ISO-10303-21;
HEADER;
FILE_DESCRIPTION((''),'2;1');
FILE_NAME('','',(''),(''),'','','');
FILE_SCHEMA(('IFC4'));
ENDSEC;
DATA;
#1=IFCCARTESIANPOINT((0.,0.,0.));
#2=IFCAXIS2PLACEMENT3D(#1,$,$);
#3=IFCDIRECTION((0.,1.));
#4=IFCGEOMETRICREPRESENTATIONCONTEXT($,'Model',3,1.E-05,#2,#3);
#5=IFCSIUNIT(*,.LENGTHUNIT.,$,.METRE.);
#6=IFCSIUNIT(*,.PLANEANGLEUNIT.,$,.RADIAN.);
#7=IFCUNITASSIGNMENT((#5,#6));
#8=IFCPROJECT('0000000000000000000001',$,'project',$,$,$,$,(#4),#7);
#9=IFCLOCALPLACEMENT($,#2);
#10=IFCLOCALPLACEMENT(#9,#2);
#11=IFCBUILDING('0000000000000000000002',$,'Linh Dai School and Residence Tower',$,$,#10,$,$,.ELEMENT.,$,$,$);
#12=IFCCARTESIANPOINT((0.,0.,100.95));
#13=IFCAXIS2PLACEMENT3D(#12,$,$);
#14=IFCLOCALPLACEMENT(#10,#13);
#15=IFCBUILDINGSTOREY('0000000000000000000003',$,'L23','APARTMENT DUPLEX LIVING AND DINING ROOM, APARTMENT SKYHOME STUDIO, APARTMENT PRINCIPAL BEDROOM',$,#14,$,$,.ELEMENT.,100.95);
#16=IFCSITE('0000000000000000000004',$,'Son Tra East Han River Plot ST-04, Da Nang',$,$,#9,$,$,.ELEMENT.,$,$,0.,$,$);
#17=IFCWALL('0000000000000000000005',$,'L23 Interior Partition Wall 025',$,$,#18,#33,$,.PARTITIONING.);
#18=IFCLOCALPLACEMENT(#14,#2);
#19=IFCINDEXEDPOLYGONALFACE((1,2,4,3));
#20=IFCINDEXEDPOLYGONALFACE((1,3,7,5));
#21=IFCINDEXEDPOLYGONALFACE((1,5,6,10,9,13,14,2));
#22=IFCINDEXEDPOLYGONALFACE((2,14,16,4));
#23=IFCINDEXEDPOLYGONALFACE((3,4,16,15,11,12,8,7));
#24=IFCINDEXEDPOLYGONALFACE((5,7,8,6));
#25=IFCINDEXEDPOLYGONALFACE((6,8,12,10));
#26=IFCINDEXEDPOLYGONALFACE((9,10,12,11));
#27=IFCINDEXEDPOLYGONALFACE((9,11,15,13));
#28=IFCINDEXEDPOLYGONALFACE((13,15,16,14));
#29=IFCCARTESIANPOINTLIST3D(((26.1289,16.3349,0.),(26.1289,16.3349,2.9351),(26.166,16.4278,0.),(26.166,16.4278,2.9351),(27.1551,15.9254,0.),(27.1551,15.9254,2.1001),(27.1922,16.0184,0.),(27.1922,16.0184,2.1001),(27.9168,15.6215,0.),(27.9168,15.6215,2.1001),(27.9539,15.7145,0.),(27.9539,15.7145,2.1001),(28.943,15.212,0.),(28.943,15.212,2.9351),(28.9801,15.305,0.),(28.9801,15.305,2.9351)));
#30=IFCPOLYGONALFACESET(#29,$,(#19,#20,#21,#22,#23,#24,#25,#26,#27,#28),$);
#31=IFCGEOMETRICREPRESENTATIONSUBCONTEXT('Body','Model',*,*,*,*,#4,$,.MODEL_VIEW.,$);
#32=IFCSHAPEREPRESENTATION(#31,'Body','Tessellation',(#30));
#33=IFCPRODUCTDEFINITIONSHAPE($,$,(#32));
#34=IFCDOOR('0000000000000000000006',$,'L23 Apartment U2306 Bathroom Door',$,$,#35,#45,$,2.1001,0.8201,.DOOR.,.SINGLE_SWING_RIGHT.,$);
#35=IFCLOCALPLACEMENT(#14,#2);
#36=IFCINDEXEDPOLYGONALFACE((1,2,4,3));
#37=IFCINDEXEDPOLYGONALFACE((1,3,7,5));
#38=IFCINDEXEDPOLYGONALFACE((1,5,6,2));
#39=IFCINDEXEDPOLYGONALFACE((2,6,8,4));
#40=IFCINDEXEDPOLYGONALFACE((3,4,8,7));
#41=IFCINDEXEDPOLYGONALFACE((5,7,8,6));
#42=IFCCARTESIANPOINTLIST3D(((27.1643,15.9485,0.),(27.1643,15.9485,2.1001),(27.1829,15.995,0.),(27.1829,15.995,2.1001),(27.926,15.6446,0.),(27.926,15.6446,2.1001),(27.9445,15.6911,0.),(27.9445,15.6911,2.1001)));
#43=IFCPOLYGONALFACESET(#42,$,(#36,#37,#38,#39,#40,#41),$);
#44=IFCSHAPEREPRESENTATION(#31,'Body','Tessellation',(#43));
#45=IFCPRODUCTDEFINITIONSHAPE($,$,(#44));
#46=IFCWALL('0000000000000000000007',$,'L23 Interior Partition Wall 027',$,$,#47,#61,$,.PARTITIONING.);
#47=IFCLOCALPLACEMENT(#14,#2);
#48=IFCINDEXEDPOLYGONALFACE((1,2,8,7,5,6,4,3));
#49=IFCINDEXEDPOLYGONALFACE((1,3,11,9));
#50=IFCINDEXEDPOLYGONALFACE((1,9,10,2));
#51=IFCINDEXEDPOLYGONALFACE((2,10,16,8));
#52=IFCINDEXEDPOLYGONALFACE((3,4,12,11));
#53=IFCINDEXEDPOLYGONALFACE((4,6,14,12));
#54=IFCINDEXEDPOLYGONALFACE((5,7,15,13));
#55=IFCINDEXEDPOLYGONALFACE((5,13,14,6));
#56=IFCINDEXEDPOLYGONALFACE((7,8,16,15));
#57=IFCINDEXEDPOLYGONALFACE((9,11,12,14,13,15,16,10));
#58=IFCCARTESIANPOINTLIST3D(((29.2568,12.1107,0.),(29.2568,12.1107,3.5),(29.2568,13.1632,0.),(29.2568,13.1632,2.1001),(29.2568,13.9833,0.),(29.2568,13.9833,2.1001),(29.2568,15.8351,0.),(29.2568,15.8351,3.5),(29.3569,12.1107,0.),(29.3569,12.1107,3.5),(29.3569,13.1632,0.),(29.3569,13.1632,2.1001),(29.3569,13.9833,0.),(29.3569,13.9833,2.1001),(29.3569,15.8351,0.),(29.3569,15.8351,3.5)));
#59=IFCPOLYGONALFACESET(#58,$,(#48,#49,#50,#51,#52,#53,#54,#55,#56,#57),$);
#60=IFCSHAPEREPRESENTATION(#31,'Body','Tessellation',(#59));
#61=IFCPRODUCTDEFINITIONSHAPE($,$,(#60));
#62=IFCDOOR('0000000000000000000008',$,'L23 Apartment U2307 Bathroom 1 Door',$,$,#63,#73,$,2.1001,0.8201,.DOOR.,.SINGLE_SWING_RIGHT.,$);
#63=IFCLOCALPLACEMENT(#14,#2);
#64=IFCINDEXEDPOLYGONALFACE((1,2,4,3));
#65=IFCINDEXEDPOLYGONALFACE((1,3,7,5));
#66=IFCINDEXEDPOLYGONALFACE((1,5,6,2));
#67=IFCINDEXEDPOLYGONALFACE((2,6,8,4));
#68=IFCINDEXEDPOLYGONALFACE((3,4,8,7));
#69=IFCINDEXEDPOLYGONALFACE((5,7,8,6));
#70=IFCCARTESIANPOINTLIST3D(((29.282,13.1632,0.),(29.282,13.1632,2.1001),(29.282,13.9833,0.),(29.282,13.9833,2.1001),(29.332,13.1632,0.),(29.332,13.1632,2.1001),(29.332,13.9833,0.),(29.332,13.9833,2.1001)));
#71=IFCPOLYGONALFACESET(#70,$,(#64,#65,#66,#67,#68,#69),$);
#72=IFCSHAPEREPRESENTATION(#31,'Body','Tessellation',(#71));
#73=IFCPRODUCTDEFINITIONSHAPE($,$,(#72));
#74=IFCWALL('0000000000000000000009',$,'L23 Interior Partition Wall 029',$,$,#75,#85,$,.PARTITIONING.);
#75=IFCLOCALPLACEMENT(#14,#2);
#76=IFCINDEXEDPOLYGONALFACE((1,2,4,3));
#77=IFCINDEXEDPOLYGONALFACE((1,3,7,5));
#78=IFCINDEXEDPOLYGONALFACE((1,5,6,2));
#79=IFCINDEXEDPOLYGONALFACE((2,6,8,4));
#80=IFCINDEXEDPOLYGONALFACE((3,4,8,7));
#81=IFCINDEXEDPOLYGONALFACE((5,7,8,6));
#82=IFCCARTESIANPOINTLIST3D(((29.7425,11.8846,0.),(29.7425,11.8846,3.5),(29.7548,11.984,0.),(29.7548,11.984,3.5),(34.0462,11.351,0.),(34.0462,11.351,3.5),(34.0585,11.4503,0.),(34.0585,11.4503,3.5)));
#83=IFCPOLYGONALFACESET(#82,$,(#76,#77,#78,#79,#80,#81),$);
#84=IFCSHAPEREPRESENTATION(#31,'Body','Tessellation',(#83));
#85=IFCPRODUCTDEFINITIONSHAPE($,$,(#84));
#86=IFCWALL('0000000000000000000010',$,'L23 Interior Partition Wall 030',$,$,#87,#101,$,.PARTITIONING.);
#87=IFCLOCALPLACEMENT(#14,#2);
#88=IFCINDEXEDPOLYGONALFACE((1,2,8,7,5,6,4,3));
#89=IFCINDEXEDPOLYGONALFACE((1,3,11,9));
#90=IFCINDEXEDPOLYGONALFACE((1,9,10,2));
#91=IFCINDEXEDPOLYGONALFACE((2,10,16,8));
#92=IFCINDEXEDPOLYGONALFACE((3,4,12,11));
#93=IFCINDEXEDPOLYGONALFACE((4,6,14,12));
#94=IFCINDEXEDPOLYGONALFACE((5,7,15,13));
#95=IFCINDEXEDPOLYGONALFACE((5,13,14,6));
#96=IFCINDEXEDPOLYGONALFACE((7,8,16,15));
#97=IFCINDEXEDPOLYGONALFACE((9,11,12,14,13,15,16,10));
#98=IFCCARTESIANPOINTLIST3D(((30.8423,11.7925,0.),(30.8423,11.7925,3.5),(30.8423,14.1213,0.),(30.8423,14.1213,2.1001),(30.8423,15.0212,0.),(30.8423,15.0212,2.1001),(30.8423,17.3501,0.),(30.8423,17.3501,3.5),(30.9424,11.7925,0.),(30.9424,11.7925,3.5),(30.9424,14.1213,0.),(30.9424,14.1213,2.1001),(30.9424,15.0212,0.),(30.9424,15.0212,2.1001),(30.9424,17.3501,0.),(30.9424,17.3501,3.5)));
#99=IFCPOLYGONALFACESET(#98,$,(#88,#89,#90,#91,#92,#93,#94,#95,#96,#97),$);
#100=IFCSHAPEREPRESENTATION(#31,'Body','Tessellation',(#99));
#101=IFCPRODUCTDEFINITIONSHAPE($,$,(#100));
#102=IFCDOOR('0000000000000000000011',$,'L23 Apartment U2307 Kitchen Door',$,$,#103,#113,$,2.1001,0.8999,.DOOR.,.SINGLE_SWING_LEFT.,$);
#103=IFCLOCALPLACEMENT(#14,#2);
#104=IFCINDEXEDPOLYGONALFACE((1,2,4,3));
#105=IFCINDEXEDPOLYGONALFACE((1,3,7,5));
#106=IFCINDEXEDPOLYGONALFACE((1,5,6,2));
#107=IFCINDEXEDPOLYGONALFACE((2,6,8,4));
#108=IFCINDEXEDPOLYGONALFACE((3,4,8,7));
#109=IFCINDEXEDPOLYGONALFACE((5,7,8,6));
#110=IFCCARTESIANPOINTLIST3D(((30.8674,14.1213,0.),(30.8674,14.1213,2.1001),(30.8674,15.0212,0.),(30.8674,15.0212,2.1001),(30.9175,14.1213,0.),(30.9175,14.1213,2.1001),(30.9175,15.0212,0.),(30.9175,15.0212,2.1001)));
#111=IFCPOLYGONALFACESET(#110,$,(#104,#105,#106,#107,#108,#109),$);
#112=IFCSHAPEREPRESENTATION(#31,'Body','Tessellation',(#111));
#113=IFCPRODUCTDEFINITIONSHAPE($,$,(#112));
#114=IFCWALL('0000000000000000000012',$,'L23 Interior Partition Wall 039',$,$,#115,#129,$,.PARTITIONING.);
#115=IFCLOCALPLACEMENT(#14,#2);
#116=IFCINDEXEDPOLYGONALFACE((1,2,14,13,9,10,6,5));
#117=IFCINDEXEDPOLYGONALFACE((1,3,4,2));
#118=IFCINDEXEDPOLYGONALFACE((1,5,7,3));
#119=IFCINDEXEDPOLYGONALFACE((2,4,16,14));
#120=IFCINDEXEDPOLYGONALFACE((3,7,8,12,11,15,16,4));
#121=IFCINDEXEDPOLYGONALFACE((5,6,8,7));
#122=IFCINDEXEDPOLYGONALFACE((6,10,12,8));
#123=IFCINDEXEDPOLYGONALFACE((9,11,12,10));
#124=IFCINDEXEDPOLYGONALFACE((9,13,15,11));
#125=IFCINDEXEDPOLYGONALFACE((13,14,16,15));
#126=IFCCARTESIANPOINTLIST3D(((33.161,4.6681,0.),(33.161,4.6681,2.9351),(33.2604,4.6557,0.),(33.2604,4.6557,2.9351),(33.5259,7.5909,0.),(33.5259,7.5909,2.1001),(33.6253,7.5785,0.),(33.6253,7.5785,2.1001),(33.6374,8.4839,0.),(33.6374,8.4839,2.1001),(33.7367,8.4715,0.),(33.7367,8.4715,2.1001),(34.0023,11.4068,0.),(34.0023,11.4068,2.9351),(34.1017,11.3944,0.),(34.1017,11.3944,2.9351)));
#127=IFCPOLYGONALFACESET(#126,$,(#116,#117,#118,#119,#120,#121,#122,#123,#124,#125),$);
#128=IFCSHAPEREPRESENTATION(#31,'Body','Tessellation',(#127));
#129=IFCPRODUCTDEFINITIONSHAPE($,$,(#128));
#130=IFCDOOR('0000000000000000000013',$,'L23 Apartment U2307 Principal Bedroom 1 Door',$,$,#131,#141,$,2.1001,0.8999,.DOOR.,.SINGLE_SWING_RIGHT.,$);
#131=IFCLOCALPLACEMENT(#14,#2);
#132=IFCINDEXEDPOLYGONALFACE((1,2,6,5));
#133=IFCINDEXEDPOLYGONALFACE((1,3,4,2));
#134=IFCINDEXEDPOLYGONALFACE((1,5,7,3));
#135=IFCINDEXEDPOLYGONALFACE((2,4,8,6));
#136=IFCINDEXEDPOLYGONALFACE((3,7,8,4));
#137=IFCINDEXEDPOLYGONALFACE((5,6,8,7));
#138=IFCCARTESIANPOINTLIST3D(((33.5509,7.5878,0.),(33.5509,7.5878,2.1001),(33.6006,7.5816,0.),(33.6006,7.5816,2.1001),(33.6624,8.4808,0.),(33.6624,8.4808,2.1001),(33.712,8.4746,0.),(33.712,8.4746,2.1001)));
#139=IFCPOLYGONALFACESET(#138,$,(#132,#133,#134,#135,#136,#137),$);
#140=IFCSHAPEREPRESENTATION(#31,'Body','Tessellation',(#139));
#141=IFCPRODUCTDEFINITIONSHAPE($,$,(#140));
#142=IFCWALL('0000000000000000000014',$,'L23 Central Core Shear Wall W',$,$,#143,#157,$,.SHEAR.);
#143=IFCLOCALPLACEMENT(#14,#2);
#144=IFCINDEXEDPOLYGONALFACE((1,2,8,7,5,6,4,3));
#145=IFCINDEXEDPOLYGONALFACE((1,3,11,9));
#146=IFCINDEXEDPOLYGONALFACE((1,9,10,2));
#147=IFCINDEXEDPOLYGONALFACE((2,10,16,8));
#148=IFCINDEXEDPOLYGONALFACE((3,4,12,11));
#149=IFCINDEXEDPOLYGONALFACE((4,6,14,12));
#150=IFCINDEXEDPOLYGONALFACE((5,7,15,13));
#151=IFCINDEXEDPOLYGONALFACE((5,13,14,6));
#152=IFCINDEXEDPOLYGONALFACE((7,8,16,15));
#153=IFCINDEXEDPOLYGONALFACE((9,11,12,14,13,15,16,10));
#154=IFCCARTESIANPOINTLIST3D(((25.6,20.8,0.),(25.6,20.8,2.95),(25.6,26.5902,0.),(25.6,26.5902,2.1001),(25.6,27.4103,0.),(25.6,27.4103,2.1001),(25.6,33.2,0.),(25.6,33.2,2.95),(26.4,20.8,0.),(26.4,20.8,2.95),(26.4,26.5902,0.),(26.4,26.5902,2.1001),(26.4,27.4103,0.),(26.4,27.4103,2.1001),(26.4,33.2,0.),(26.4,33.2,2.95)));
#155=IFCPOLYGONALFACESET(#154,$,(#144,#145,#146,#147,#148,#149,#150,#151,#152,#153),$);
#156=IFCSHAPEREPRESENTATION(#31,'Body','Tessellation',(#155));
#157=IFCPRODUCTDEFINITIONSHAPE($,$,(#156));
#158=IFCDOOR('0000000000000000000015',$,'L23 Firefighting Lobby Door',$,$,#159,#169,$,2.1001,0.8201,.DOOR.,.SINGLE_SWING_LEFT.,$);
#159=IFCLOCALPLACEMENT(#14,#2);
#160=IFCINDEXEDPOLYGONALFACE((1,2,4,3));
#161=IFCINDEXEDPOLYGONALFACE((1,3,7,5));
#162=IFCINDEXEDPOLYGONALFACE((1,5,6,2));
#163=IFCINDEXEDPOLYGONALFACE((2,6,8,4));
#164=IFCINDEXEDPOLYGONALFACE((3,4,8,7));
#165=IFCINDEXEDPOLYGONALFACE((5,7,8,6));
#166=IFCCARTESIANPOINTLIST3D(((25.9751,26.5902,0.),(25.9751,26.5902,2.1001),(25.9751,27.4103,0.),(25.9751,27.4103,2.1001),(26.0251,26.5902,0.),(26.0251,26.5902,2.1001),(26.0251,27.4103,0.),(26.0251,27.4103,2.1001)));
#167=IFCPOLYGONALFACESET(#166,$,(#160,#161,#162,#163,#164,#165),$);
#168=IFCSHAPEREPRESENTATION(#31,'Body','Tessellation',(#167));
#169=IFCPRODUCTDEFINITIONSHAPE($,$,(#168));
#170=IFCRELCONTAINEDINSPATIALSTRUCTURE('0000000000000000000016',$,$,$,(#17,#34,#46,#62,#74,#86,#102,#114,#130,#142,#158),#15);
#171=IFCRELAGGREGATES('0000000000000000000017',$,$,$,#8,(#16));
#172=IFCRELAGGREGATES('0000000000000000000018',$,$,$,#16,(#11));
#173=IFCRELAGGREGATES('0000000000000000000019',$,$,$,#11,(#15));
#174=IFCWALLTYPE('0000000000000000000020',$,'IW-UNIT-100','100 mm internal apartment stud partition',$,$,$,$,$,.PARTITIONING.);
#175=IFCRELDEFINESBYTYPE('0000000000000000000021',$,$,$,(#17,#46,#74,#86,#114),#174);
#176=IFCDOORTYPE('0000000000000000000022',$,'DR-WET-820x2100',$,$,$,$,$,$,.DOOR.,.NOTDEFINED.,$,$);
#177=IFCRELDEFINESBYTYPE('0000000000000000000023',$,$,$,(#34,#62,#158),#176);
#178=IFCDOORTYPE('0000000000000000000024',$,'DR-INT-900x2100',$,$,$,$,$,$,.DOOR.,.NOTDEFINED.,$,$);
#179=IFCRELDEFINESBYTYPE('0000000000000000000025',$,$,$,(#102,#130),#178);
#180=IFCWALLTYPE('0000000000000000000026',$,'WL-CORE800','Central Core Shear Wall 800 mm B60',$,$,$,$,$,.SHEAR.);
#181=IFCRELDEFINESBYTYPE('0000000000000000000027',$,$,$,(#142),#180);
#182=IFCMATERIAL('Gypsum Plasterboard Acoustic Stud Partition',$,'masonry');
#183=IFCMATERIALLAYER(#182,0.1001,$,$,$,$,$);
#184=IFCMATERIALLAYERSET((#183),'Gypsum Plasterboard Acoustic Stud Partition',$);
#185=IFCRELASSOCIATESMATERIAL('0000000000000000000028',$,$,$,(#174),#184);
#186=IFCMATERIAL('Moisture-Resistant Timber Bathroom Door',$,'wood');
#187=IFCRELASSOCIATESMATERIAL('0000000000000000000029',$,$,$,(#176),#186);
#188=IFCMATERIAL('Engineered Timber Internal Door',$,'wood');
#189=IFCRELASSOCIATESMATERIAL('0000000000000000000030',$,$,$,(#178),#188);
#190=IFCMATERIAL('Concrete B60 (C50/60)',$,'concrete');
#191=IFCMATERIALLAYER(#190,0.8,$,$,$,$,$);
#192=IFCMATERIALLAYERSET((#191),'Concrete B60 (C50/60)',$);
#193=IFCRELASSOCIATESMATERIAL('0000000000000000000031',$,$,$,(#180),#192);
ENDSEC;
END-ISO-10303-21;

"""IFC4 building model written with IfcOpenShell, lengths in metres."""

from ifc_helpers import new_model, si_unit, direction, frame, frame_2d, origin, origin_2d, place, context, subcontext, project, spatial, rectangle, extrude, source, transform, mapped, material, layer, layer_set, type_object, element, fill, save


model = new_model("IFC4")

# Units and contexts
model_context = context("Model", 3, precision=1e-05, world=origin(), true_north=direction((0.0, 1.0)))
body_context = subcontext(model_context, "Body", "Model", "MODEL_VIEW")
ifc_project = project(units=[si_unit("LENGTHUNIT", "METRE"), si_unit("PLANEANGLEUNIT", "RADIAN")], contexts=[model_context])

# Site, building, storey
site_placement = place(None, origin())
site = spatial("IfcSite", under=ifc_project, at=site_placement, Name="Son Tra East Han River Plot ST-04, Da Nang", CompositionType="ELEMENT", RefElevation=0.0)
building_placement = place(site_placement, origin())
building = spatial("IfcBuilding", under=site, at=building_placement, Name="Linh Dai School and Residence Tower", CompositionType="ELEMENT")
storey_placement = place(building_placement, frame((0.0, 0.0, 100.95)))
storey = spatial("IfcBuildingStorey", under=building, at=storey_placement, Name="L23", Description="APARTMENT DUPLEX LIVING AND DINING ROOM, APARTMENT SKYHOME STUDIO, APARTMENT PRINCIPAL BEDROOM", CompositionType="ELEMENT", Elevation=100.95)

# Shared definitions
ifc_material_1 = material(Name="Concrete B60 (C50/60)", Category="concrete")

# Walls, openings, doors
ifc_material_2 = material(Name="Gypsum Plasterboard Acoustic Stud Partition", Category="masonry")
ifc_layer_1 = layer(ifc_material_2, 0.1001)
ifc_layer_set_1 = layer_set([ifc_layer_1], Name="Gypsum Plasterboard Acoustic Stud Partition")
wall_type_1 = type_object("IfcWallType", Name="IW-UNIT-100", Description="100 mm internal apartment stud partition", PredefinedType="PARTITIONING", material=ifc_layer_set_1)
wall_1_placement = place(storey_placement, frame((26.1475, 16.3813, 0.0), z_axis=(0.0, 0.0, 1.0), x_axis=(0.928793, -0.370599, 0.0)))
wall_1 = element("IfcWall", 1, at=wall_1_placement, inside=storey, type_object=wall_type_1, Name="L23 Interior Partition Wall 025", PredefinedType="PARTITIONING", context=body_context, shape_type="SweptSolid", body=[
    extrude(rectangle(XDim=3.0298, YDim=0.1001, at=frame_2d((1.5149, 0.0))), origin(), (0.0, 0.0, 1.0), 2.9351),
])
opening_1_placement = place(wall_1_placement, frame((1.1047, 0.0, 0.0)))
opening_1 = element("IfcOpeningElement", 2, at=opening_1_placement, cuts=wall_1, PredefinedType="OPENING", context=body_context, shape_type="SweptSolid", body=[
    extrude(rectangle(XDim=0.8201, YDim=2.1001, at=origin_2d()), frame((0.4102, 0.0601, 1.05), z_axis=(0.0, -1.0, 0.0), x_axis=(1.0, 0.0, 0.0)), (0.0, 0.0, 1.0), 0.1201),
])
ifc_material_3 = material(Name="Moisture-Resistant Timber Bathroom Door", Category="wood")
door_type_1 = type_object("IfcDoorType", Name="DR-WET-820x2100", OperationType="NOTDEFINED", PredefinedType="DOOR", material=ifc_material_3)
shared_shape_1 = source(origin(), body_context, "Body", "SweptSolid", [
    extrude(rectangle(XDim=0.8201, YDim=2.1001, at=origin_2d()), frame((0.4102, 0.0249, 1.05), z_axis=(0.0, -1.0, 0.0), x_axis=(1.0, 0.0, 0.0)), (0.0, 0.0, 1.0), 0.05),
])
door_1_placement = place(opening_1_placement, origin())
door_1 = element("IfcDoor", 3, at=door_1_placement, inside=storey, type_object=door_type_1, Name="L23 Apartment U2306 Bathroom Door", OperationType="SINGLE_SWING_RIGHT", OverallHeight=2.1001, OverallWidth=0.8201, PredefinedType="DOOR", context=body_context, shape_type="MappedRepresentation", body=[
    mapped(shared_shape_1, transform((0.0, 0.0, 0.0), x_axis=(1.0, 0.0, 0.0), y_axis=(0.0, 1.0, 0.0), z_axis=(0.0, 0.0, 1.0), scale=1.0)),
])
fill(opening_1, door_1)
wall_2_placement = place(storey_placement, frame((29.3069, 12.1106, 0.0), z_axis=(0.0, 0.0, 1.0), x_axis=(0.0, 1.0, 0.0)))
wall_2 = element("IfcWall", 4, at=wall_2_placement, inside=storey, type_object=wall_type_1, Name="L23 Interior Partition Wall 027", PredefinedType="PARTITIONING", context=body_context, shape_type="SweptSolid", body=[
    extrude(rectangle(XDim=3.7244, YDim=0.1001, at=frame_2d((1.8623, 0.0))), origin(), (0.0, 0.0, 1.0), 3.5),
])
opening_2_placement = place(wall_2_placement, frame((1.0525, 0.0, 0.0)))
opening_2 = element("IfcOpeningElement", 5, at=opening_2_placement, cuts=wall_2, PredefinedType="OPENING", context=body_context, shape_type="SweptSolid", body=[
    extrude(rectangle(XDim=0.8201, YDim=2.1001, at=origin_2d()), frame((0.4102, 0.0601, 1.05), z_axis=(0.0, -1.0, 0.0), x_axis=(1.0, 0.0, 0.0)), (0.0, 0.0, 1.0), 0.1201),
])
door_2_placement = place(opening_2_placement, origin())
door_2 = element("IfcDoor", 6, at=door_2_placement, inside=storey, type_object=door_type_1, Name="L23 Apartment U2307 Bathroom 1 Door", OperationType="SINGLE_SWING_RIGHT", OverallHeight=2.1001, OverallWidth=0.8201, PredefinedType="DOOR", context=body_context, shape_type="MappedRepresentation", body=[
    mapped(shared_shape_1, transform((0.0, 0.0, 0.0), x_axis=(1.0, 0.0, 0.0), y_axis=(0.0, 1.0, 0.0), z_axis=(0.0, 0.0, 1.0), scale=1.0)),
])
fill(opening_2, door_2)

# Wall
wall_3_placement = place(storey_placement, frame((29.7485, 11.9343, 0.0), z_axis=(0.0, 0.0, 1.0), x_axis=(0.992399, -0.123065, 0.0)))
element("IfcWall", 7, at=wall_3_placement, inside=storey, type_object=wall_type_1, Name="L23 Interior Partition Wall 029", PredefinedType="PARTITIONING", context=body_context, shape_type="SweptSolid", body=[
    extrude(rectangle(XDim=4.3367, YDim=0.1001, at=frame_2d((2.1685, 0.0))), origin(), (0.0, 0.0, 1.0), 3.5),
])

# Walls, openings, doors
wall_4_placement = place(storey_placement, frame((30.8923, 11.7925, 0.0), z_axis=(0.0, 0.0, 1.0), x_axis=(0.0, 1.0, 0.0)))
wall_4 = element("IfcWall", 8, at=wall_4_placement, inside=storey, type_object=wall_type_1, Name="L23 Interior Partition Wall 030", PredefinedType="PARTITIONING", context=body_context, shape_type="SweptSolid", body=[
    extrude(rectangle(XDim=5.5576, YDim=0.1001, at=frame_2d((2.7788, 0.0))), origin(), (0.0, 0.0, 1.0), 3.5),
])
opening_3_placement = place(wall_4_placement, frame((2.3289, 0.0, 0.0)))
opening_3 = element("IfcOpeningElement", 9, at=opening_3_placement, cuts=wall_4, PredefinedType="OPENING", context=body_context, shape_type="SweptSolid", body=[
    extrude(rectangle(XDim=0.8999, YDim=2.1001, at=origin_2d()), frame((0.45, 0.0601, 1.05), z_axis=(0.0, -1.0, 0.0), x_axis=(1.0, 0.0, 0.0)), (0.0, 0.0, 1.0), 0.1201),
])
ifc_material_4 = material(Name="Engineered Timber Internal Door", Category="wood")
door_type_2 = type_object("IfcDoorType", Name="DR-INT-900x2100", OperationType="NOTDEFINED", PredefinedType="DOOR", material=ifc_material_4)
shared_shape_2 = source(origin(), body_context, "Body", "SweptSolid", [
    extrude(rectangle(XDim=0.8999, YDim=2.1001, at=origin_2d()), frame((0.45, 0.0249, 1.05), z_axis=(0.0, -1.0, 0.0), x_axis=(1.0, 0.0, 0.0)), (0.0, 0.0, 1.0), 0.05),
])
door_3_placement = place(opening_3_placement, origin())
door_3 = element("IfcDoor", 10, at=door_3_placement, inside=storey, type_object=door_type_2, Name="L23 Apartment U2307 Kitchen Door", OperationType="SINGLE_SWING_LEFT", OverallHeight=2.1001, OverallWidth=0.8999, PredefinedType="DOOR", context=body_context, shape_type="MappedRepresentation", body=[
    mapped(shared_shape_2, transform((0.0, 0.0, 0.0), x_axis=(1.0, 0.0, 0.0), y_axis=(0.0, 1.0, 0.0), z_axis=(0.0, 0.0, 1.0), scale=1.0)),
])
fill(opening_3, door_3)
wall_5_placement = place(storey_placement, frame((33.2107, 4.6619, 0.0), z_axis=(0.0, 0.0, 1.0), x_axis=(0.123884, 0.992297, 0.0)))
wall_5 = element("IfcWall", 11, at=wall_5_placement, inside=storey, type_object=wall_type_1, Name="L23 Interior Partition Wall 039", PredefinedType="PARTITIONING", context=body_context, shape_type="SweptSolid", body=[
    extrude(rectangle(XDim=6.791, YDim=0.1001, at=frame_2d((3.3955, 0.0))), origin(), (0.0, 0.0, 1.0), 2.9351),
])
opening_4_placement = place(wall_5_placement, frame((2.9456, 0.0, 0.0)))
opening_4 = element("IfcOpeningElement", 12, at=opening_4_placement, cuts=wall_5, PredefinedType="OPENING", context=body_context, shape_type="SweptSolid", body=[
    extrude(rectangle(XDim=0.8999, YDim=2.1001, at=origin_2d()), frame((0.45, 0.0601, 1.05), z_axis=(0.0, -1.0, 0.0), x_axis=(1.0, 0.0, 0.0)), (0.0, 0.0, 1.0), 0.1201),
])
door_4_placement = place(opening_4_placement, origin())
door_4 = element("IfcDoor", 13, at=door_4_placement, inside=storey, type_object=door_type_2, Name="L23 Apartment U2307 Principal Bedroom 1 Door", OperationType="SINGLE_SWING_RIGHT", OverallHeight=2.1001, OverallWidth=0.8999, PredefinedType="DOOR", context=body_context, shape_type="MappedRepresentation", body=[
    mapped(shared_shape_2, transform((0.0, 0.0, 0.0), x_axis=(1.0, 0.0, 0.0), y_axis=(0.0, 1.0, 0.0), z_axis=(0.0, 0.0, 1.0), scale=1.0)),
])
fill(opening_4, door_4)
ifc_layer_2 = layer(ifc_material_1, 0.8)
ifc_layer_set_2 = layer_set([ifc_layer_2], Name="Concrete B60 (C50/60)")
wall_type_2 = type_object("IfcWallType", Name="WL-CORE800", Description="Central Core Shear Wall 800 mm B60", PredefinedType="SHEAR", material=ifc_layer_set_2)
wall_6_placement = place(storey_placement, frame((26.0, 20.8, 0.0), z_axis=(0.0, 0.0, 1.0), x_axis=(0.0, 1.0, 0.0)))
wall_6 = element("IfcWall", 14, at=wall_6_placement, inside=storey, type_object=wall_type_2, Name="L23 Central Core Shear Wall W", PredefinedType="SHEAR", context=body_context, shape_type="SweptSolid", body=[
    extrude(rectangle(XDim=12.3999, YDim=0.8, at=frame_2d((6.2, 0.0))), origin(), (0.0, 0.0, 1.0), 2.95),
])
opening_5_placement = place(wall_6_placement, frame((5.79, 0.0, 0.0)))
opening_5 = element("IfcOpeningElement", 15, at=opening_5_placement, cuts=wall_6, PredefinedType="OPENING", context=body_context, shape_type="SweptSolid", body=[
    extrude(rectangle(XDim=0.8201, YDim=2.1001, at=origin_2d()), frame((0.4102, 0.4102, 1.05), z_axis=(0.0, -1.0, 0.0), x_axis=(1.0, 0.0, 0.0)), (0.0, 0.0, 1.0), 0.8201),
])
door_5_placement = place(opening_5_placement, origin())
door_5 = element("IfcDoor", 16, at=door_5_placement, inside=storey, type_object=door_type_1, Name="L23 Firefighting Lobby Door", OperationType="SINGLE_SWING_LEFT", OverallHeight=2.1001, OverallWidth=0.8201, PredefinedType="DOOR", context=body_context, shape_type="MappedRepresentation", body=[
    mapped(shared_shape_1, transform((0.0, 0.0, 0.0), x_axis=(1.0, 0.0, 0.0), y_axis=(0.0, 1.0, 0.0), z_axis=(0.0, 0.0, 1.0), scale=1.0)),
])
fill(opening_5, door_5)

save(model, "model.ifc")
